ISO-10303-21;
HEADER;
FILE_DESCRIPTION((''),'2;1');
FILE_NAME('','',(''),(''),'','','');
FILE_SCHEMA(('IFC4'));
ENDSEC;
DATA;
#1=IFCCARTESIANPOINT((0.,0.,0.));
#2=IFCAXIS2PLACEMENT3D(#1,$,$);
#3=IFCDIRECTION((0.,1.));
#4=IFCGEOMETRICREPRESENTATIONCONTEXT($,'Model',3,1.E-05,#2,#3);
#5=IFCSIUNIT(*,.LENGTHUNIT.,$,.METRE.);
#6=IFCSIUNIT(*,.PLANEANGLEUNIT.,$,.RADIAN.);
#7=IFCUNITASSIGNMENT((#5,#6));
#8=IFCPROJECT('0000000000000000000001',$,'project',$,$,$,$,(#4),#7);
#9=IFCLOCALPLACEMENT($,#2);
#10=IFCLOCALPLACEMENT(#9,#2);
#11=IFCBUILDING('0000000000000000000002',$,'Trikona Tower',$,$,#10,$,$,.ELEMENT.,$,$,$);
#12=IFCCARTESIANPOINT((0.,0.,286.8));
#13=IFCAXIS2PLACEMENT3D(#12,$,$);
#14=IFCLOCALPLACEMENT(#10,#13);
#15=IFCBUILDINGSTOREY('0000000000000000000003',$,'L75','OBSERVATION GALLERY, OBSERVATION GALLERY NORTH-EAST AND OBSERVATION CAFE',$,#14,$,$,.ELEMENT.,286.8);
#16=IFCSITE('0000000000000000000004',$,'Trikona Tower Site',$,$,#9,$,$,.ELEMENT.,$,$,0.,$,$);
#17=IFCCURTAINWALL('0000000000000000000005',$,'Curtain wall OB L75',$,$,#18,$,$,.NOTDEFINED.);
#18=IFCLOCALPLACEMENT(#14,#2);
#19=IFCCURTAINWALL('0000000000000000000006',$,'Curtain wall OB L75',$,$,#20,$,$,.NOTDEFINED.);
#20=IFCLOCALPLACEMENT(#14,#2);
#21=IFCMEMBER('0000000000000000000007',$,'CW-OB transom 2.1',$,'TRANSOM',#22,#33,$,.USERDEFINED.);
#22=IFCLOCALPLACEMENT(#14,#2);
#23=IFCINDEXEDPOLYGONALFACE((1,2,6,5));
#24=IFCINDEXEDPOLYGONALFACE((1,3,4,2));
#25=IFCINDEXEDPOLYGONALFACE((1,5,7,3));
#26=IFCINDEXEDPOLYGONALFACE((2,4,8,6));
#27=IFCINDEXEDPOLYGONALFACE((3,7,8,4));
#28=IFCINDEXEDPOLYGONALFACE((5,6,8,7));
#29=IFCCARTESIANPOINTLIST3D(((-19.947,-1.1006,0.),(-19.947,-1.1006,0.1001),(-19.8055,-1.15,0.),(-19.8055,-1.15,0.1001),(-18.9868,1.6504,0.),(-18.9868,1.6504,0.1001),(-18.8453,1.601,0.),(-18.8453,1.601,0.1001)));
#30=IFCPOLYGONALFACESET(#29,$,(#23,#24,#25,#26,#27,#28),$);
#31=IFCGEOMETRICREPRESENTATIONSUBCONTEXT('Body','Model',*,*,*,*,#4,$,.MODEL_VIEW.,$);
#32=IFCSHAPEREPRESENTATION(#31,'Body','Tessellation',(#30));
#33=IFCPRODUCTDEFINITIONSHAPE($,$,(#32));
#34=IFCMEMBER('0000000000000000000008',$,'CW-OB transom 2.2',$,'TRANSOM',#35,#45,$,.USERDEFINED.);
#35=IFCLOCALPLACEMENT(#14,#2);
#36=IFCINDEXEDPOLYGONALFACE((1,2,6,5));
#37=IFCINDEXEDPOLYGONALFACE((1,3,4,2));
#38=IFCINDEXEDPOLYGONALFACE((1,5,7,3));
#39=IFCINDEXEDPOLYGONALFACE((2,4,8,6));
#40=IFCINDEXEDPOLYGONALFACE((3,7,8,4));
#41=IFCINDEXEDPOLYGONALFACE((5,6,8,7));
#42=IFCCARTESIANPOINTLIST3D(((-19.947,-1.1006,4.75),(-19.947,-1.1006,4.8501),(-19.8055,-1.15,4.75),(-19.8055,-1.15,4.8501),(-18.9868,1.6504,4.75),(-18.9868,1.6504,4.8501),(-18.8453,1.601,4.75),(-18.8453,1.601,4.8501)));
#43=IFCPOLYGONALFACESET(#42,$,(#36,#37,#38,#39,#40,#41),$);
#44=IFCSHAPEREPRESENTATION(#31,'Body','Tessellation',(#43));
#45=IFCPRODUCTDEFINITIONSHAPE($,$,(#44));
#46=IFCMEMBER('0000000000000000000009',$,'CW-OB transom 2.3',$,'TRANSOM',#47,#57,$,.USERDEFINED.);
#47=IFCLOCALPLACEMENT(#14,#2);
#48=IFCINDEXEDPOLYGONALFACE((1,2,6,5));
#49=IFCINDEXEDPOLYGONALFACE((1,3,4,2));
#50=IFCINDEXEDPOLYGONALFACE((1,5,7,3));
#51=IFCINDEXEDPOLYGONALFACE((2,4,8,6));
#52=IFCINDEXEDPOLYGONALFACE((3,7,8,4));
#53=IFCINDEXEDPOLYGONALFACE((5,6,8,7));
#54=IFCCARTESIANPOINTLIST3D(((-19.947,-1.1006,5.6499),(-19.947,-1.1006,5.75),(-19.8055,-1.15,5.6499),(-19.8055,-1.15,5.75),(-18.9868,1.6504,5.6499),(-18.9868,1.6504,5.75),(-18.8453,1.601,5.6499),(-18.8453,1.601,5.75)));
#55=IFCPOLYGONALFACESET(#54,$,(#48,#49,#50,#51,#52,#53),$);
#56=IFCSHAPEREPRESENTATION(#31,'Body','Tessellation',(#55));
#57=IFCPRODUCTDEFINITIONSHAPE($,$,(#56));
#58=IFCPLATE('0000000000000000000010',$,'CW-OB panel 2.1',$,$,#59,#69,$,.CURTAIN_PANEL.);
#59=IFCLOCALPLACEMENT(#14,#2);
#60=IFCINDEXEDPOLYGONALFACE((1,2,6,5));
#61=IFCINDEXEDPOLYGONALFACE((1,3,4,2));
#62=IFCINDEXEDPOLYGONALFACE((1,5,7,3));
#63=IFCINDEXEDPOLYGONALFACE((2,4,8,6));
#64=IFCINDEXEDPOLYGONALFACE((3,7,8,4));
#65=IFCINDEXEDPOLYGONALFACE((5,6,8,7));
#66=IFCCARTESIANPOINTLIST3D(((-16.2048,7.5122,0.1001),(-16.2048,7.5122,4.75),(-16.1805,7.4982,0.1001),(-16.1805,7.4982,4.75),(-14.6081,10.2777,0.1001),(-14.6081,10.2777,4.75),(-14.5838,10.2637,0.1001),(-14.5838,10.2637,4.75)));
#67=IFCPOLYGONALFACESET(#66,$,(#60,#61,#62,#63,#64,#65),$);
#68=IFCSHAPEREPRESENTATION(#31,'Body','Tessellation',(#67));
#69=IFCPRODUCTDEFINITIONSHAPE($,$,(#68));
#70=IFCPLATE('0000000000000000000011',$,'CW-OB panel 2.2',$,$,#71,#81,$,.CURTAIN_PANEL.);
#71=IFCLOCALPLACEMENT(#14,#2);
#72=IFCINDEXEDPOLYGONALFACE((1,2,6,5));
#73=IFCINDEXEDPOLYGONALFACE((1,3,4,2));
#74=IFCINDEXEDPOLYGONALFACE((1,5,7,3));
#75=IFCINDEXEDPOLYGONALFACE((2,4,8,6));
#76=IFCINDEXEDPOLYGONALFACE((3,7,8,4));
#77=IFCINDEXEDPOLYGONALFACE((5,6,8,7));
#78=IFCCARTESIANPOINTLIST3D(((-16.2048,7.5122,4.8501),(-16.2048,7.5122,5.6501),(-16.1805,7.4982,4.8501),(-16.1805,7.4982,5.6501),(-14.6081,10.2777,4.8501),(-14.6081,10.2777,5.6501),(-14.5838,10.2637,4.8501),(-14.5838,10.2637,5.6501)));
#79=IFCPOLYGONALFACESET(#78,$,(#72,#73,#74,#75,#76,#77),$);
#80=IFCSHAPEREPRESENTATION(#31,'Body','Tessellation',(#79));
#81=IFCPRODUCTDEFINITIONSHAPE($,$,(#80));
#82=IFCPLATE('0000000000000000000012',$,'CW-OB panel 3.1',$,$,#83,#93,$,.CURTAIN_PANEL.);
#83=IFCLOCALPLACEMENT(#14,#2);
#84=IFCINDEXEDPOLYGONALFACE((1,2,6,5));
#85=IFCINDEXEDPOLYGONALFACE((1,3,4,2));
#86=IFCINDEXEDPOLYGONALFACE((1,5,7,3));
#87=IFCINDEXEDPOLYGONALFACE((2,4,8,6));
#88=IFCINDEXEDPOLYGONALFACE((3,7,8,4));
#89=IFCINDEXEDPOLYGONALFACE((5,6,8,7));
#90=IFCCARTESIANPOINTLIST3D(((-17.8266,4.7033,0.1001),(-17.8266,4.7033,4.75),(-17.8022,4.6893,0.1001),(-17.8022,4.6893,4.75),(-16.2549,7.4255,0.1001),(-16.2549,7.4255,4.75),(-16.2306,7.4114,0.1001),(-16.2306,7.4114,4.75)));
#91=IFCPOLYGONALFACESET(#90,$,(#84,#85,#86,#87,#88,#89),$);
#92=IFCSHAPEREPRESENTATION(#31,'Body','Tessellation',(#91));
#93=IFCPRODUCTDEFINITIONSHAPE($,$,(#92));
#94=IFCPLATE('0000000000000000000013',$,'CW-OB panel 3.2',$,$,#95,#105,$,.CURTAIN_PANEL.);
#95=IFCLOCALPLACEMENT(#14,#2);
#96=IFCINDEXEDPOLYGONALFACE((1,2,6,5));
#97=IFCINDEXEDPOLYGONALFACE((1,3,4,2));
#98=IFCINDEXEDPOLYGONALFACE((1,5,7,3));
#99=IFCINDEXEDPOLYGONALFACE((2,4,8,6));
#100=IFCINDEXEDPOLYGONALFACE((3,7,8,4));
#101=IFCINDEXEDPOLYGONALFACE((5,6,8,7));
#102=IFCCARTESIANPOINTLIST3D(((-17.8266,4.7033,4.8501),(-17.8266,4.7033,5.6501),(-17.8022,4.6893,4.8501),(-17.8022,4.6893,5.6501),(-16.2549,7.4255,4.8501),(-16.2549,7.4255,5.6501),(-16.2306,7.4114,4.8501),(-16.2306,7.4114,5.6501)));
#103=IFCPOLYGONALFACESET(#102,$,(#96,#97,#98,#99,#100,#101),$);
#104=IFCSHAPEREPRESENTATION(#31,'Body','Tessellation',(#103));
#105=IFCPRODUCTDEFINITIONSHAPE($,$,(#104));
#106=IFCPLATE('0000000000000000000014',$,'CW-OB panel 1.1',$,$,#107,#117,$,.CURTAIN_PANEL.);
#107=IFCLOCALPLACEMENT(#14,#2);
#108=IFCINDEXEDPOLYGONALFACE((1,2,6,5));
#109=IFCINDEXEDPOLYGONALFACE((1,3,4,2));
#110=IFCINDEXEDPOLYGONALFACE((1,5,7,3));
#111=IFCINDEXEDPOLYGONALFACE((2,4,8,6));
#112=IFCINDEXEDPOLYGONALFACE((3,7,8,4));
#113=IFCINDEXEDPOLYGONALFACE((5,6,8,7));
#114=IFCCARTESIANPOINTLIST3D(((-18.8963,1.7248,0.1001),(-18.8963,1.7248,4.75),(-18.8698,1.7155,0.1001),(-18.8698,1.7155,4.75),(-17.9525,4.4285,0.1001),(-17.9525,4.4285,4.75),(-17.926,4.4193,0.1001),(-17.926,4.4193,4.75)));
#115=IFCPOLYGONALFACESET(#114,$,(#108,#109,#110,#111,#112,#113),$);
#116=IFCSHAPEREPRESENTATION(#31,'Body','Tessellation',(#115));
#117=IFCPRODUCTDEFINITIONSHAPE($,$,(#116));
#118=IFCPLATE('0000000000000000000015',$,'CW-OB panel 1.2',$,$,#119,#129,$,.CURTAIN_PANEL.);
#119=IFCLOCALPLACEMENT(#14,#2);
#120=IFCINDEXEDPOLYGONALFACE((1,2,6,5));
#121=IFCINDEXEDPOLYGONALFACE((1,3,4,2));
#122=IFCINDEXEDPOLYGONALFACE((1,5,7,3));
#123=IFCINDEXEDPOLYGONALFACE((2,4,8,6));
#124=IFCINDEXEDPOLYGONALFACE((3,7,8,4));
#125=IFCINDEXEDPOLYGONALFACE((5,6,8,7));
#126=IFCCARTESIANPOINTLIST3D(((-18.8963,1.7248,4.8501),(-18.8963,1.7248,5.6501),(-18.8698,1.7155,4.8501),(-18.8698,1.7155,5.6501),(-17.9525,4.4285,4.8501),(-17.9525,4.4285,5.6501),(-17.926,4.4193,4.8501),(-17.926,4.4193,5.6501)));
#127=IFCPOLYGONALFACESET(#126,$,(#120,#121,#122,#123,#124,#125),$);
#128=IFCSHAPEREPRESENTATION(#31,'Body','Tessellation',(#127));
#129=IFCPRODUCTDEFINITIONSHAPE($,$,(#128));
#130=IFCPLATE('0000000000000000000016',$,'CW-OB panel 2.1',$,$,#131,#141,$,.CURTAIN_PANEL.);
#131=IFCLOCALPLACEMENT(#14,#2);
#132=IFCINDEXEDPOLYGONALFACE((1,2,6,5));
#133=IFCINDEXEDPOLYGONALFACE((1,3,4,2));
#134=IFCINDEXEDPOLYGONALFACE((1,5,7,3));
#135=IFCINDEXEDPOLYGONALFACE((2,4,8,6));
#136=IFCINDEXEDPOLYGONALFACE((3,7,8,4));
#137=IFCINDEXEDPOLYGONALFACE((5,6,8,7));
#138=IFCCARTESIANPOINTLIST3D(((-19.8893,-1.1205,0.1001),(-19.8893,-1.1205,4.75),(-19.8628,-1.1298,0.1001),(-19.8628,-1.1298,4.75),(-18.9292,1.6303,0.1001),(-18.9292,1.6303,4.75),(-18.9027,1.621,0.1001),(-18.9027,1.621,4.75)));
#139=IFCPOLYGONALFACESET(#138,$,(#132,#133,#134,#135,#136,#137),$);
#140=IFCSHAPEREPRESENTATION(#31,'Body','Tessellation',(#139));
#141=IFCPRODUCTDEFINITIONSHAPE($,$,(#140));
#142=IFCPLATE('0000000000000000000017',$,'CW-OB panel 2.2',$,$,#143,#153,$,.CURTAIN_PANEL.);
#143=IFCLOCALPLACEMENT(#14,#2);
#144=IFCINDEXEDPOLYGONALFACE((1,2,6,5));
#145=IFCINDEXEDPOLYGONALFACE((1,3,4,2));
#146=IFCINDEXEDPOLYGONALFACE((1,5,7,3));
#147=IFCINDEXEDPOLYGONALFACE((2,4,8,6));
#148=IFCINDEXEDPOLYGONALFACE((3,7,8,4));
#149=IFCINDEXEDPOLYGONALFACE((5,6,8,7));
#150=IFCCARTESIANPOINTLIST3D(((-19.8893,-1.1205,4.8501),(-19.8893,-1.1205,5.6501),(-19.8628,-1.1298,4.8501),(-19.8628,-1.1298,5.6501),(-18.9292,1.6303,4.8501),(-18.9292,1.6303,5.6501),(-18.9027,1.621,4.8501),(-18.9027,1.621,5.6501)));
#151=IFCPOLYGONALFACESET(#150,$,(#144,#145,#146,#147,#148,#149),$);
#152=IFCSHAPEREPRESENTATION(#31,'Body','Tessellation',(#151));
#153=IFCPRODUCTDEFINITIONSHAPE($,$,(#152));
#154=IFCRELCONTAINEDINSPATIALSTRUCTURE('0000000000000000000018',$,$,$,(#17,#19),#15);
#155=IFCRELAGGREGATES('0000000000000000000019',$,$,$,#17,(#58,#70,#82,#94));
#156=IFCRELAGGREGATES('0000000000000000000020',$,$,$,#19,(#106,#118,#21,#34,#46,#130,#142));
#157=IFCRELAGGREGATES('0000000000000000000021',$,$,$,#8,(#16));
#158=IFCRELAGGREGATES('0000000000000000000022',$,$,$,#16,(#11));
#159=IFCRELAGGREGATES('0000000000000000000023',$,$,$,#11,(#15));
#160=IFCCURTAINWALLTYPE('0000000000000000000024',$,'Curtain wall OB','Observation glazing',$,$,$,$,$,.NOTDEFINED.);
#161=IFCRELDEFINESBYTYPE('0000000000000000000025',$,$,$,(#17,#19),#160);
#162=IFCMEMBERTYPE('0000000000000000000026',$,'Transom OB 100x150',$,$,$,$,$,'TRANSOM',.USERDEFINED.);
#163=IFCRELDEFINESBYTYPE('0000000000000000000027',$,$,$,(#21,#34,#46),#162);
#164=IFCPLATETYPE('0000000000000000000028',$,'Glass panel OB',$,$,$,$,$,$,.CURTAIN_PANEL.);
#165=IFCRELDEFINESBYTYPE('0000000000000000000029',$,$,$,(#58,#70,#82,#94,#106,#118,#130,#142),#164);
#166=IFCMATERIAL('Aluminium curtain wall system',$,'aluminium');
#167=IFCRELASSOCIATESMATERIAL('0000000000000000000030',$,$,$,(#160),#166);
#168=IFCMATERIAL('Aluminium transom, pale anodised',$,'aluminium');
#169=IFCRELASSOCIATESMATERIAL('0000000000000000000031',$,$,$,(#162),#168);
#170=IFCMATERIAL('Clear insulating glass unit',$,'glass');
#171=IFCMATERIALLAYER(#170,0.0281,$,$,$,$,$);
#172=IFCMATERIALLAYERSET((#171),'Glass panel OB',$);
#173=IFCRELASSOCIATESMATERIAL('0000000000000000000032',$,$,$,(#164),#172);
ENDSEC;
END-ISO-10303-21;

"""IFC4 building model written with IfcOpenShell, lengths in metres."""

from ifc_helpers import new_model, si_unit, direction, frame, origin, origin_2d, place, context, subcontext, project, spatial, rectangle, extrude, material, layer, layer_set, material_profile, profile_set, type_object, element, aggregate, save


model = new_model("IFC4")

# Units and contexts
model_context = context("Model", 3, precision=1e-05, world=origin(), true_north=direction((0.0, 1.0)))
body_context = subcontext(model_context, "Body", "Model", "MODEL_VIEW")
ifc_project = project(units=[si_unit("LENGTHUNIT", "METRE"), si_unit("PLANEANGLEUNIT", "RADIAN")], contexts=[model_context])

# Site, building, storey
site_placement = place(None, origin())
site = spatial("IfcSite", under=ifc_project, at=site_placement, Name="Trikona Tower Site", CompositionType="ELEMENT", RefElevation=0.0)
building_placement = place(site_placement, origin())
building = spatial("IfcBuilding", under=site, at=building_placement, Name="Trikona Tower", CompositionType="ELEMENT")
storey_placement = place(building_placement, frame((0.0, 0.0, 286.8)))
storey = spatial("IfcBuildingStorey", under=building, at=storey_placement, Name="L75", Description="OBSERVATION GALLERY, OBSERVATION GALLERY NORTH-EAST AND OBSERVATION CAFE", CompositionType="ELEMENT", Elevation=286.8)

# Curtain walls
ifc_material_1 = material(Name="Aluminium curtain wall system", Category="aluminium")
curtain_wall_type = type_object("IfcCurtainWallType", Name="Curtain wall OB", Description="Observation glazing", PredefinedType="NOTDEFINED", material=ifc_material_1)
curtain_wall_1_placement = place(storey_placement, origin())
curtain_wall_1 = element("IfcCurtainWall", 1, at=curtain_wall_1_placement, inside=storey, type_object=curtain_wall_type, Name="Curtain wall OB L75", PredefinedType="NOTDEFINED")
curtain_wall_2_placement = place(storey_placement, origin())
curtain_wall_2 = element("IfcCurtainWall", 2, at=curtain_wall_2_placement, inside=storey, type_object=curtain_wall_type, Name="Curtain wall OB L75", PredefinedType="NOTDEFINED")

# Members
ifc_material_2 = material(Name="Aluminium transom, pale anodised", Category="aluminium")
ifc_material_profile_1 = material_profile(ifc_material_2, rectangle(XDim=0.1499, YDim=0.1001, at=origin_2d()), Name="TRN-OB")
ifc_profile_set_1 = profile_set([ifc_material_profile_1], Name="Aluminium transom, pale anodised")
member_type_1 = type_object("IfcMemberType", Name="Transom OB 100x150", ElementType="TRANSOM", PredefinedType="USERDEFINED", material=ifc_profile_set_1)
member_1_placement = place(storey_placement, frame((-18.916, 1.6257, 0.05), z_axis=(-0.329544, -0.94414, 0.0), x_axis=(0.94414, -0.329544, 0.0)))
member_1 = element("IfcMember", 3, at=member_1_placement, type_object=member_type_1, Name="CW-OB transom 2.1", ObjectType="TRANSOM", PredefinedType="USERDEFINED", context=body_context, shape_type="SweptSolid", body=[
    extrude(rectangle(XDim=0.1499, YDim=0.1001, at=origin_2d()), origin(), (0.0, 0.0, 1.0), 2.9138),
])
member_2_placement = place(storey_placement, frame((-18.916, 1.6257, 4.8), z_axis=(-0.329544, -0.94414, 0.0), x_axis=(0.94414, -0.329544, 0.0)))
member_2 = element("IfcMember", 4, at=member_2_placement, type_object=member_type_1, Name="CW-OB transom 2.2", ObjectType="TRANSOM", PredefinedType="USERDEFINED", context=body_context, shape_type="SweptSolid", body=[
    extrude(rectangle(XDim=0.1499, YDim=0.1001, at=origin_2d()), origin(), (0.0, 0.0, 1.0), 2.9138),
])
member_3_placement = place(storey_placement, frame((-18.916, 1.6257, 5.7), z_axis=(-0.329544, -0.94414, 0.0), x_axis=(0.94414, -0.329544, 0.0)))
member_3 = element("IfcMember", 5, at=member_3_placement, type_object=member_type_1, Name="CW-OB transom 2.3", ObjectType="TRANSOM", PredefinedType="USERDEFINED", context=body_context, shape_type="SweptSolid", body=[
    extrude(rectangle(XDim=0.1499, YDim=0.1001, at=origin_2d()), origin(), (0.0, 0.0, 1.0), 2.9138),
])

# Plates
ifc_material_3 = material(Name="Clear insulating glass unit", Category="glass")
ifc_layer = layer(ifc_material_3, 0.0281)
ifc_layer_set = layer_set([ifc_layer], Name="Glass panel OB")
plate_type = type_object("IfcPlateType", Name="Glass panel OB", PredefinedType="CURTAIN_PANEL", material=ifc_layer_set)
plate_1_placement = place(storey_placement, frame((-15.3943, 8.8879, 0.1001), z_axis=(0.0, 0.0, 1.0), x_axis=(-0.500006, -0.866022, 0.0)))
plate_1 = element("IfcPlate", 6, at=plate_1_placement, type_object=plate_type, Name="CW-OB panel 2.1", PredefinedType="CURTAIN_PANEL", context=body_context, shape_type="SweptSolid", body=[
    extrude(rectangle(XDim=3.1934, YDim=0.0281, at=origin_2d()), origin(), (0.0, 0.0, 1.0), 4.6499),
])
plate_2_placement = place(storey_placement, frame((-15.3943, 8.8879, 4.8501), z_axis=(0.0, 0.0, 1.0), x_axis=(-0.500006, -0.866022, 0.0)))
plate_2 = element("IfcPlate", 7, at=plate_2_placement, type_object=plate_type, Name="CW-OB panel 2.2", PredefinedType="CURTAIN_PANEL", context=body_context, shape_type="SweptSolid", body=[
    extrude(rectangle(XDim=3.1934, YDim=0.0281, at=origin_2d()), origin(), (0.0, 0.0, 1.0), 0.8),
])
plate_3_placement = place(storey_placement, frame((-17.0286, 6.0574, 0.1001), z_axis=(0.0, 0.0, 1.0), x_axis=(-0.500006, -0.866022, 0.0)))
plate_3 = element("IfcPlate", 8, at=plate_3_placement, type_object=plate_type, Name="CW-OB panel 3.1", PredefinedType="CURTAIN_PANEL", context=body_context, shape_type="SweptSolid", body=[
    extrude(rectangle(XDim=3.1433, YDim=0.0281, at=origin_2d()), origin(), (0.0, 0.0, 1.0), 4.6499),
])
plate_4_placement = place(storey_placement, frame((-17.0286, 6.0574, 4.8501), z_axis=(0.0, 0.0, 1.0), x_axis=(-0.500006, -0.866022, 0.0)))
plate_4 = element("IfcPlate", 9, at=plate_4_placement, type_object=plate_type, Name="CW-OB panel 3.2", PredefinedType="CURTAIN_PANEL", context=body_context, shape_type="SweptSolid", body=[
    extrude(rectangle(XDim=3.1433, YDim=0.0281, at=origin_2d()), origin(), (0.0, 0.0, 1.0), 0.8),
])
aggregate(curtain_wall_1, [plate_1, plate_2, plate_3, plate_4])
plate_5_placement = place(storey_placement, frame((-18.4111, 3.072, 0.1001), z_axis=(0.0, 0.0, 1.0), x_axis=(-0.329552, -0.944137, 0.0)))
plate_5 = element("IfcPlate", 10, at=plate_5_placement, type_object=plate_type, Name="CW-OB panel 1.1", PredefinedType="CURTAIN_PANEL", context=body_context, shape_type="SweptSolid", body=[
    extrude(rectangle(XDim=2.8638, YDim=0.0281, at=origin_2d()), origin(), (0.0, 0.0, 1.0), 4.6499),
])
plate_6_placement = place(storey_placement, frame((-18.4111, 3.072, 4.8501), z_axis=(0.0, 0.0, 1.0), x_axis=(-0.329552, -0.944137, 0.0)))
plate_6 = element("IfcPlate", 11, at=plate_6_placement, type_object=plate_type, Name="CW-OB panel 1.2", PredefinedType="CURTAIN_PANEL", context=body_context, shape_type="SweptSolid", body=[
    extrude(rectangle(XDim=2.8638, YDim=0.0281, at=origin_2d()), origin(), (0.0, 0.0, 1.0), 0.8),
])
plate_7_placement = place(storey_placement, frame((-19.396, 0.2502, 0.1001), z_axis=(0.0, 0.0, 1.0), x_axis=(-0.329552, -0.944137, 0.0)))
plate_7 = element("IfcPlate", 12, at=plate_7_placement, type_object=plate_type, Name="CW-OB panel 2.1", PredefinedType="CURTAIN_PANEL", context=body_context, shape_type="SweptSolid", body=[
    extrude(rectangle(XDim=2.9136, YDim=0.0281, at=origin_2d()), origin(), (0.0, 0.0, 1.0), 4.6499),
])
plate_8_placement = place(storey_placement, frame((-19.396, 0.2502, 4.8501), z_axis=(0.0, 0.0, 1.0), x_axis=(-0.329552, -0.944137, 0.0)))
plate_8 = element("IfcPlate", 13, at=plate_8_placement, type_object=plate_type, Name="CW-OB panel 2.2", PredefinedType="CURTAIN_PANEL", context=body_context, shape_type="SweptSolid", body=[
    extrude(rectangle(XDim=2.9136, YDim=0.0281, at=origin_2d()), origin(), (0.0, 0.0, 1.0), 0.8),
])
aggregate(curtain_wall_2, [plate_5, plate_6, member_1, member_2, member_3, plate_7, plate_8])

save(model, "model.ifc")
